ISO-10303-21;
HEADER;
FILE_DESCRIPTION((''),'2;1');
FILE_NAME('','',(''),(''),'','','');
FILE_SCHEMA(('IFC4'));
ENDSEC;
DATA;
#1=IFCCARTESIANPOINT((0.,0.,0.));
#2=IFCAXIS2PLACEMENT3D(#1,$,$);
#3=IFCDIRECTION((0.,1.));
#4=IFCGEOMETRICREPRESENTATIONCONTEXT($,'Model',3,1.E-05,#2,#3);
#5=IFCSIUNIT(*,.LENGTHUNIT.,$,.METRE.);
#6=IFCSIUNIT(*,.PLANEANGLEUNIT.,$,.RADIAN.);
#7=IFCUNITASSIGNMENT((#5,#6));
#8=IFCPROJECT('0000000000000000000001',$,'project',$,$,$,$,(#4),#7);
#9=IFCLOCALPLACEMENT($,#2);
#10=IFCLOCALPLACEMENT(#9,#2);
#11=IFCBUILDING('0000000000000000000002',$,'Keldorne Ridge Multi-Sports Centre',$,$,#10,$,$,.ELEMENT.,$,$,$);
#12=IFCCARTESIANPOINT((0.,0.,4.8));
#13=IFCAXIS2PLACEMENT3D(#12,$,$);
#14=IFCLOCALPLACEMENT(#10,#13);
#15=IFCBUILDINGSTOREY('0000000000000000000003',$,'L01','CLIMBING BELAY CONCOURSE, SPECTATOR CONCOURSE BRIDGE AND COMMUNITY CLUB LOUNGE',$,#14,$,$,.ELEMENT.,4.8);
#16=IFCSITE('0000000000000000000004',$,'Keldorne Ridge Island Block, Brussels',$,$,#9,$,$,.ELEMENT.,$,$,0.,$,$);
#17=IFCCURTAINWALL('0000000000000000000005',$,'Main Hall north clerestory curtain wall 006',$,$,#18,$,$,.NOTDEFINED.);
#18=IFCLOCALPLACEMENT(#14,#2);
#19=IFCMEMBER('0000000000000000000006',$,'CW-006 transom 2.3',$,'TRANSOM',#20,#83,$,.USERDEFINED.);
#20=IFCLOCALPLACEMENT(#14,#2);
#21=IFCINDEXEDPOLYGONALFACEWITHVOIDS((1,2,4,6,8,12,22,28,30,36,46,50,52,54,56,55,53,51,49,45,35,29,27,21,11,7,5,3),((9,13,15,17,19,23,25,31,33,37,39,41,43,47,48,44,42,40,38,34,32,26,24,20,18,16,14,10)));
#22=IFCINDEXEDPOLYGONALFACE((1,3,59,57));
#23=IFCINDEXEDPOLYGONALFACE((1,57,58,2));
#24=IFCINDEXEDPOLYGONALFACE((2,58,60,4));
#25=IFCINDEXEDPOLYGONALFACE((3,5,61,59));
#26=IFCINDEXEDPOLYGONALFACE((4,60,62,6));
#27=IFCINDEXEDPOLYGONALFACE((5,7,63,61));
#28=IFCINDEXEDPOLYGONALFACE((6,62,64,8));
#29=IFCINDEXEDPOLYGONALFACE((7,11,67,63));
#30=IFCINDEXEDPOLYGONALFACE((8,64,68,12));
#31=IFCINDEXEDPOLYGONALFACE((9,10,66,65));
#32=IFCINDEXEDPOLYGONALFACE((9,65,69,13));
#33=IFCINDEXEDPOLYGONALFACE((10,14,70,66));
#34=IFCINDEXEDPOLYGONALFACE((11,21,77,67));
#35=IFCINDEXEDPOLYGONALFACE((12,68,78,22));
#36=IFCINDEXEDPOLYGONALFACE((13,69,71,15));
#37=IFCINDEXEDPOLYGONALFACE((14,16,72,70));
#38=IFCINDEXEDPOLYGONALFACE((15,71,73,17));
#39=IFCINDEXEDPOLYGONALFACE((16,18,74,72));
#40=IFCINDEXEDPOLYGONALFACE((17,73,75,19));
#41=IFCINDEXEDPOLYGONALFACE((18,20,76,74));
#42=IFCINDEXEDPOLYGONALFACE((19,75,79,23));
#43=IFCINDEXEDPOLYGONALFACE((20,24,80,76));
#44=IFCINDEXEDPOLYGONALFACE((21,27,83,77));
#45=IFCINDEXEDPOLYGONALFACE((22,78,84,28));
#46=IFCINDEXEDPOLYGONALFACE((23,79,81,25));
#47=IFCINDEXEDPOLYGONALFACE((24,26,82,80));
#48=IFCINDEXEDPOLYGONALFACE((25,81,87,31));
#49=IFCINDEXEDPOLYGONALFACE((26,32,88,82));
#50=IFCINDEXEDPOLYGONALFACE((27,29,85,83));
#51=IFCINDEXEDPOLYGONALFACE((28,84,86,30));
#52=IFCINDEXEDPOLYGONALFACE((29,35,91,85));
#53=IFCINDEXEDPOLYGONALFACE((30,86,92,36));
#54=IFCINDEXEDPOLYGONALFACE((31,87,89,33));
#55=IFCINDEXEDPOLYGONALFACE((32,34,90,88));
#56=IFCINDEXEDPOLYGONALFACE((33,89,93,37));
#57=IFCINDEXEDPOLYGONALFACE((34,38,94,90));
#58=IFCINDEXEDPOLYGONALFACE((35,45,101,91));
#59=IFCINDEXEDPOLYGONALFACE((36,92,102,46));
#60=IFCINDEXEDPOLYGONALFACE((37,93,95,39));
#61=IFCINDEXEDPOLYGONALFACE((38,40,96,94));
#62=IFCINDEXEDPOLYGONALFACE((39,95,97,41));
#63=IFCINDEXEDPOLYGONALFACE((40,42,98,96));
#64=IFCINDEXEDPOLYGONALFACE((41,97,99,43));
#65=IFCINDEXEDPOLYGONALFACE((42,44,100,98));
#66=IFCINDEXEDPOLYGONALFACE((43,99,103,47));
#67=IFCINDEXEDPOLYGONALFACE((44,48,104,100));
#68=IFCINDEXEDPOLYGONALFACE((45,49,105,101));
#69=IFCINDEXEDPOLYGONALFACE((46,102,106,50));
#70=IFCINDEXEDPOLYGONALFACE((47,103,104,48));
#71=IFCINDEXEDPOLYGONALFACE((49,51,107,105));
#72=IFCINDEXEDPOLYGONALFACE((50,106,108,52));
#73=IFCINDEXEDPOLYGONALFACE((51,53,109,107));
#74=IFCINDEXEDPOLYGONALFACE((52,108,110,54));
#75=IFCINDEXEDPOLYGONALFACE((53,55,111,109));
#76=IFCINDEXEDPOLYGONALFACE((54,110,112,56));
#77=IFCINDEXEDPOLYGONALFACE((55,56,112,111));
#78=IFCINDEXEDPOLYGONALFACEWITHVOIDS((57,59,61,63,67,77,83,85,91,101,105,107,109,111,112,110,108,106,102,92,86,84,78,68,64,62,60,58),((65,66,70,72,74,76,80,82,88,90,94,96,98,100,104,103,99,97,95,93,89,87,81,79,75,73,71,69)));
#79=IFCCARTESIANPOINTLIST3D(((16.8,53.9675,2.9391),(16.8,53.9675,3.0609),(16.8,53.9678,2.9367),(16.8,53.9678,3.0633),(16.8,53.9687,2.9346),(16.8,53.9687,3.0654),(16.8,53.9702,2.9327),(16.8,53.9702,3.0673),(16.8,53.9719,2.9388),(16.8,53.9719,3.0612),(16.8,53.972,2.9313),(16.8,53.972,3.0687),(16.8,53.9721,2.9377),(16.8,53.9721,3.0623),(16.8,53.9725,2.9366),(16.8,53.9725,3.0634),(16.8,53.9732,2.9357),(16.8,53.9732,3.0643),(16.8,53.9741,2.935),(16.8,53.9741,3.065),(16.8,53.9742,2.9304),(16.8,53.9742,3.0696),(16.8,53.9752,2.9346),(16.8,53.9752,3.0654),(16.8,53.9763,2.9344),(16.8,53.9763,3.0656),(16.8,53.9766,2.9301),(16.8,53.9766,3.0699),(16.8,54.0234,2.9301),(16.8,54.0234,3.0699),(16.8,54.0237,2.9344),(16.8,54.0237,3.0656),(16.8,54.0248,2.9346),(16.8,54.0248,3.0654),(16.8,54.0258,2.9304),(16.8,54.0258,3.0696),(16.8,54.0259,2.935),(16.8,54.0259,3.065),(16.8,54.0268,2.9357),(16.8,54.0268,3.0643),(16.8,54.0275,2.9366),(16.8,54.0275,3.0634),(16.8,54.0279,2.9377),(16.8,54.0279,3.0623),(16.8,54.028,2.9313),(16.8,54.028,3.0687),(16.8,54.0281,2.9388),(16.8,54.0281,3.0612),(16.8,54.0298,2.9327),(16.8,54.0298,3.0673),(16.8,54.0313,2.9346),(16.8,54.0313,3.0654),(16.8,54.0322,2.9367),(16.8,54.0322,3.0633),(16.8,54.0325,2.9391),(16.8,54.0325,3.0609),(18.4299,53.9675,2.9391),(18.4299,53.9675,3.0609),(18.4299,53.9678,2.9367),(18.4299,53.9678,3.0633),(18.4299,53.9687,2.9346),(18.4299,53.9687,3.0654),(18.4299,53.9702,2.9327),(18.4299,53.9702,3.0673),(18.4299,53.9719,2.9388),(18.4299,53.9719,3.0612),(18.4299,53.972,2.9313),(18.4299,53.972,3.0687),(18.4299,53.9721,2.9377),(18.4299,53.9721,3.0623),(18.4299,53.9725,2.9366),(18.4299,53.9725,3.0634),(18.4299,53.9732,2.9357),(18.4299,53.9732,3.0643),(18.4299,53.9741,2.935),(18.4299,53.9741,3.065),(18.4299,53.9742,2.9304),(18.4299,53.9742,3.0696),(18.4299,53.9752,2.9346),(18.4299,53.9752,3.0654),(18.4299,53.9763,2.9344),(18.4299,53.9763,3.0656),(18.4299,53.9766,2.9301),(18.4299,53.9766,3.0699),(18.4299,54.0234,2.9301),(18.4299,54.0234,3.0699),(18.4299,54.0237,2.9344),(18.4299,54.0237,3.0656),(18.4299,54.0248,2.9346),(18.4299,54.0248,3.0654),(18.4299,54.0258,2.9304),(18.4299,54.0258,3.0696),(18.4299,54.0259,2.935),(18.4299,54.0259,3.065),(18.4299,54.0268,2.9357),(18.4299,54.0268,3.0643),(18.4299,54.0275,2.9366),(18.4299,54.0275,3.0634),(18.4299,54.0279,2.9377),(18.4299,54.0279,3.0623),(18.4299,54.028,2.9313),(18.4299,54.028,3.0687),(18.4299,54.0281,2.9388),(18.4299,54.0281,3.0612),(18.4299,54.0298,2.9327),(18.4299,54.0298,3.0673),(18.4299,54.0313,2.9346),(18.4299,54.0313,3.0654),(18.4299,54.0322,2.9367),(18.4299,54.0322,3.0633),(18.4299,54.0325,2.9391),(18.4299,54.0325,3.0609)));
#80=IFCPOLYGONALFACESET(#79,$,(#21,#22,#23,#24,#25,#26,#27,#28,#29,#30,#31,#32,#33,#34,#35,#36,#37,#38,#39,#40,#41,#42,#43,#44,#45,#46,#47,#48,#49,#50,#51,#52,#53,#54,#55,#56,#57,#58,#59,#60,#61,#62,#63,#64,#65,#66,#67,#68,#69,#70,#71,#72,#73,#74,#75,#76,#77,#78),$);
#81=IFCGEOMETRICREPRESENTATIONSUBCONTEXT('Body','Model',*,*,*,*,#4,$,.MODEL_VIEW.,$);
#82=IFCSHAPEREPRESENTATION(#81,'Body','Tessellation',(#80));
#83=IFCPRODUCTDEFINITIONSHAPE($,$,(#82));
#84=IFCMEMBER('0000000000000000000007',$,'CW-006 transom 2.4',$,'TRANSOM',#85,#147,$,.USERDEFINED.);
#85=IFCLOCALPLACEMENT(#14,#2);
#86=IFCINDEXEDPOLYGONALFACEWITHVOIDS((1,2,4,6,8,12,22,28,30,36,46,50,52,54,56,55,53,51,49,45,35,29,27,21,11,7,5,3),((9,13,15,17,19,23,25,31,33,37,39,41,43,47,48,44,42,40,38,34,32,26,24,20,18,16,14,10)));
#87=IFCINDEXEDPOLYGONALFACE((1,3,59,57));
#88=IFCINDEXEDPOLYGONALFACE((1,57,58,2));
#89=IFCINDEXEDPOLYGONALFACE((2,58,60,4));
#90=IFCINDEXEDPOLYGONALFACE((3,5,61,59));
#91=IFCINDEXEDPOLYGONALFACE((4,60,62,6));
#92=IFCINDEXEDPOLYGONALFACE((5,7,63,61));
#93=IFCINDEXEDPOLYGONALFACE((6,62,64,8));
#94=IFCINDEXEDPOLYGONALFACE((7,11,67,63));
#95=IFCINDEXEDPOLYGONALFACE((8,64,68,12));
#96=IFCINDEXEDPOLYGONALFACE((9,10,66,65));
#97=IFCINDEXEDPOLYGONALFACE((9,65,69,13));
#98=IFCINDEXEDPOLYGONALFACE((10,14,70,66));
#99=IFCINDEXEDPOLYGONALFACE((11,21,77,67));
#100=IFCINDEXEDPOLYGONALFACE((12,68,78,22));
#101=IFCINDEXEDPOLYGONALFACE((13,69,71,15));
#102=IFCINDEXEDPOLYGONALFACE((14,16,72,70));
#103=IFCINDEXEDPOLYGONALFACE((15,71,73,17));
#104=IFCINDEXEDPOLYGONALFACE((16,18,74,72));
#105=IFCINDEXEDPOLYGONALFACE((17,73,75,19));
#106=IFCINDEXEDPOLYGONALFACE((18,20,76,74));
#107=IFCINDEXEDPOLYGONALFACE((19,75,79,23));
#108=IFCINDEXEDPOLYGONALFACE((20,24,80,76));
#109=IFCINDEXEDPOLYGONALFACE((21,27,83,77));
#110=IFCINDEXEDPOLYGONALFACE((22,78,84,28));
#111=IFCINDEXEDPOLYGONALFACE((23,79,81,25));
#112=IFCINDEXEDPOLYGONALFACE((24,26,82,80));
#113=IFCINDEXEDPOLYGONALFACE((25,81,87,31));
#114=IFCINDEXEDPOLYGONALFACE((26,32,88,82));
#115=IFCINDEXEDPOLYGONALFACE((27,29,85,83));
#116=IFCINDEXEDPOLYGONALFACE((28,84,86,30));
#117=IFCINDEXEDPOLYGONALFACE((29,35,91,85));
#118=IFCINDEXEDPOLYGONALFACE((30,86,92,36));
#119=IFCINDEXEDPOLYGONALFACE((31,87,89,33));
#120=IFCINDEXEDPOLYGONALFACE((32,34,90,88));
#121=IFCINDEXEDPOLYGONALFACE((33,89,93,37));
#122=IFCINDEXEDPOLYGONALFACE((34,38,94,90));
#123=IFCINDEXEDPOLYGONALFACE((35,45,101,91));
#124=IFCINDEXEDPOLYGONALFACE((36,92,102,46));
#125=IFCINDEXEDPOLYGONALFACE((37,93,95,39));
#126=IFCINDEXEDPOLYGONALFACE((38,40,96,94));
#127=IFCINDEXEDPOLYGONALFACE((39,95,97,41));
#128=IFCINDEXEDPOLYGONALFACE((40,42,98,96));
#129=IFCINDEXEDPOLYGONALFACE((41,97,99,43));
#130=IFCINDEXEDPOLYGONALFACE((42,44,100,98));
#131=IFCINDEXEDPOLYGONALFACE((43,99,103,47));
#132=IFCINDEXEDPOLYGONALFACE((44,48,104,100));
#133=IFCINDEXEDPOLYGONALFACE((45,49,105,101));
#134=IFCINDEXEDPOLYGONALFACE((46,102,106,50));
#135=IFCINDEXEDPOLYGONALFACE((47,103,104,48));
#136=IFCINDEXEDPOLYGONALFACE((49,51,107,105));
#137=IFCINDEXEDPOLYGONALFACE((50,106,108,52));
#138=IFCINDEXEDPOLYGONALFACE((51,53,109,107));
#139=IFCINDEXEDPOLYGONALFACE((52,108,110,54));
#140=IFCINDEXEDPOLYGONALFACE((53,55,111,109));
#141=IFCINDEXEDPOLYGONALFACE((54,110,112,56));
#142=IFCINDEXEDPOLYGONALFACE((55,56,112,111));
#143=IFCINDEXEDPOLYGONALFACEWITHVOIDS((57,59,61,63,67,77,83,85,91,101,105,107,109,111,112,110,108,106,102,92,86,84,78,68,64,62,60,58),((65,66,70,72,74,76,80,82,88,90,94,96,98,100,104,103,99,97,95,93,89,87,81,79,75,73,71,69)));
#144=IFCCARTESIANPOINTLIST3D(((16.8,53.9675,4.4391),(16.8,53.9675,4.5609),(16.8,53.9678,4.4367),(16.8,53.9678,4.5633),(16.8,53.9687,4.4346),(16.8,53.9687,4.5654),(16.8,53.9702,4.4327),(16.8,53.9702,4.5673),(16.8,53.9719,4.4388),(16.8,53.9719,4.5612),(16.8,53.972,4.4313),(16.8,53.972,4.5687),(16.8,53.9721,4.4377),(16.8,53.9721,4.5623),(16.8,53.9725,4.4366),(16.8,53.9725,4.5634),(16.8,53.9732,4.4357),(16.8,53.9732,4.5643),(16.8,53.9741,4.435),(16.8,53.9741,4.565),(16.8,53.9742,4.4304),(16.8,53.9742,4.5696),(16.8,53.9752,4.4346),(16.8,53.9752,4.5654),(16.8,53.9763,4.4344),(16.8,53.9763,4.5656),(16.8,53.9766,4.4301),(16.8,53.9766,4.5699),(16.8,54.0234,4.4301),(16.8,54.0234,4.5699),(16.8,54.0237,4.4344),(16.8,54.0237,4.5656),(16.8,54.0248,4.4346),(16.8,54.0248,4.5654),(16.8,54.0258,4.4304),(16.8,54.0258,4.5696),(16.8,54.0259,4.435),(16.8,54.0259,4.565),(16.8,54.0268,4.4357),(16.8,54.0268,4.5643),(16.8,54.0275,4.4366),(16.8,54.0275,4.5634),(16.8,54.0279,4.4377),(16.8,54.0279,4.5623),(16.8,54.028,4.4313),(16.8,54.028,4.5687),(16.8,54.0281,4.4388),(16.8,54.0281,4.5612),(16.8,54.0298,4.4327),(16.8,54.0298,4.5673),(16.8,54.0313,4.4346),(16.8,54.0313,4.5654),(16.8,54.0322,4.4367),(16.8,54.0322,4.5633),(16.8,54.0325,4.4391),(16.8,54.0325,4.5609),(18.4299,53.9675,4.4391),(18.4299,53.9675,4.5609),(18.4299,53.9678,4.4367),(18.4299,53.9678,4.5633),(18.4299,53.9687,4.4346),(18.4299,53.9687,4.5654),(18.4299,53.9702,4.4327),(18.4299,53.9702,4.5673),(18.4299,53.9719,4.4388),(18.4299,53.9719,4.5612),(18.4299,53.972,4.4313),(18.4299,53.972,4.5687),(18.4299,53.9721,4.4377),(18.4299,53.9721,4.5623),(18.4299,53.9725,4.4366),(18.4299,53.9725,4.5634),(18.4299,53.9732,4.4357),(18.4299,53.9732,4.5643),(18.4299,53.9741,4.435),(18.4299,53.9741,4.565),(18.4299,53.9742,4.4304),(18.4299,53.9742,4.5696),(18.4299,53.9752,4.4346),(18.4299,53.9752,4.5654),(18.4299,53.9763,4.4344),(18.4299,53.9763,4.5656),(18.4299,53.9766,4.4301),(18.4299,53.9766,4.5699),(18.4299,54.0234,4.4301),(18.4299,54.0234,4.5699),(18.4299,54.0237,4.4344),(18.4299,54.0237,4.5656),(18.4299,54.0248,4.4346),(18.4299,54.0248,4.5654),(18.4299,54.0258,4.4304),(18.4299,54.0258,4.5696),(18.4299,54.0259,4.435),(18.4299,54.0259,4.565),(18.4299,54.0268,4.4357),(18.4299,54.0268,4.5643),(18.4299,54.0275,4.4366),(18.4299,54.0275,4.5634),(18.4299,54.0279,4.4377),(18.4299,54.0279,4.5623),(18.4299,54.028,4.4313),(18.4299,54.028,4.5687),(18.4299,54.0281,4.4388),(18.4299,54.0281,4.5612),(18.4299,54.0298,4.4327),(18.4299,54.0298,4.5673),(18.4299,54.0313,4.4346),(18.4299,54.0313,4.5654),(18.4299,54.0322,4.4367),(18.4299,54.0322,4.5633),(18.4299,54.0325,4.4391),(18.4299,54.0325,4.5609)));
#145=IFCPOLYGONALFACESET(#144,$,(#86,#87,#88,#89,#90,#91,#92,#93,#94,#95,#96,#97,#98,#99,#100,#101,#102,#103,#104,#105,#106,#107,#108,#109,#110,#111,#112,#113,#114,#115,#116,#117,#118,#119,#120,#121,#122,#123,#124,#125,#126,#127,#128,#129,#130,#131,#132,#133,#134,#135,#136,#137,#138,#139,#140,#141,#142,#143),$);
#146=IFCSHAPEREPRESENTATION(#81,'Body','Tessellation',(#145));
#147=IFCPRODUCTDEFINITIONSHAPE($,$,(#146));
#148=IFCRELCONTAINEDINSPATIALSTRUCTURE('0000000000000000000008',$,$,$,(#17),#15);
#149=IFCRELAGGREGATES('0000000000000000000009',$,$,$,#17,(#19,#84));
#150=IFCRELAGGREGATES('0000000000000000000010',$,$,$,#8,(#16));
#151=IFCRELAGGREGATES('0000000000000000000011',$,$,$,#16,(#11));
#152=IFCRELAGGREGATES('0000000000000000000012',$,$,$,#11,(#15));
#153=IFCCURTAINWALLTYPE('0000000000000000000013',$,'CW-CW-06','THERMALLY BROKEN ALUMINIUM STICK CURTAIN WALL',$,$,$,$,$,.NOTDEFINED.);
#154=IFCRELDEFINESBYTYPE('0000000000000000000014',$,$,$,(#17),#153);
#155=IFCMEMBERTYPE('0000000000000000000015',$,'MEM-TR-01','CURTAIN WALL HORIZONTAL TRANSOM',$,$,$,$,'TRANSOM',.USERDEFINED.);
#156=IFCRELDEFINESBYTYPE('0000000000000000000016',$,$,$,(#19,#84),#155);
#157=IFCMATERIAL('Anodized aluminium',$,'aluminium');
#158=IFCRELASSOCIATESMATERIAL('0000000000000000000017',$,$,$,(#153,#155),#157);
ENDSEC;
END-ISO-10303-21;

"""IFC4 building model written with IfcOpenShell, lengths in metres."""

from ifc_helpers import new_model, si_unit, direction, frame, origin, origin_2d, place, context, subcontext, project, spatial, hollow_rectangle, extrude, material, material_profile, profile_set, type_object, element, aggregate, save


model = new_model("IFC4")

# Units and contexts
model_context = context("Model", 3, precision=1e-05, world=origin(), true_north=direction((0.0, 1.0)))
body_context = subcontext(model_context, "Body", "Model", "MODEL_VIEW")
ifc_project = project(units=[si_unit("LENGTHUNIT", "METRE"), si_unit("PLANEANGLEUNIT", "RADIAN")], contexts=[model_context])

# Site, building, storey
site_placement = place(None, origin())
site = spatial("IfcSite", under=ifc_project, at=site_placement, Name="Keldorne Ridge Island Block, Brussels", CompositionType="ELEMENT", RefElevation=0.0)
building_placement = place(site_placement, origin())
building = spatial("IfcBuilding", under=site, at=building_placement, Name="Keldorne Ridge Multi-Sports Centre", CompositionType="ELEMENT")
storey_placement = place(building_placement, frame((0.0, 0.0, 4.8)))
storey = spatial("IfcBuildingStorey", under=building, at=storey_placement, Name="L01", Description="CLIMBING BELAY CONCOURSE, SPECTATOR CONCOURSE BRIDGE AND COMMUNITY CLUB LOUNGE", CompositionType="ELEMENT", Elevation=4.8)

# Curtain wall
ifc_material_1 = material(Name="Anodized aluminium", Category="aluminium")
curtain_wall_type_1 = type_object("IfcCurtainWallType", Name="CW-CW-06", Description="THERMALLY BROKEN ALUMINIUM STICK CURTAIN WALL", PredefinedType="NOTDEFINED", material=ifc_material_1)
curtain_wall_1_placement = place(storey_placement, origin())
curtain_wall_1 = element("IfcCurtainWall", 1, at=curtain_wall_1_placement, inside=storey, type_object=curtain_wall_type_1, Name="Main Hall north clerestory curtain wall 006", PredefinedType="NOTDEFINED")

# Members
ifc_material_profile_1 = material_profile(ifc_material_1, hollow_rectangle(XDim=0.0649, YDim=0.1399, WallThickness=0.0044, InnerFilletRadius=0.0044, OuterFilletRadius=0.009, at=origin_2d()), Name="ALU TRANSOM 140x65x4.5")
ifc_profile_set_1 = profile_set([ifc_material_profile_1], Name="Anodized aluminium")
member_type_1 = type_object("IfcMemberType", Name="MEM-TR-01", Description="CURTAIN WALL HORIZONTAL TRANSOM", ElementType="TRANSOM", PredefinedType="USERDEFINED", material=ifc_profile_set_1)
member_1_placement = place(storey_placement, frame((18.4299, 54.0, 3.0), z_axis=(-1.0, 0.0, 0.0), x_axis=(0.0, -1.0, 0.0)))
member_1 = element("IfcMember", 2, at=member_1_placement, type_object=member_type_1, Name="CW-006 transom 2.3", ObjectType="TRANSOM", PredefinedType="USERDEFINED", context=body_context, shape_type="SweptSolid", body=[
    extrude(hollow_rectangle(XDim=0.0649, YDim=0.1399, WallThickness=0.0044, InnerFilletRadius=0.0044, OuterFilletRadius=0.009, at=origin_2d()), origin(), (0.0, 0.0, 1.0), 1.6299),
])
member_2_placement = place(storey_placement, frame((18.4299, 54.0, 4.5), z_axis=(-1.0, 0.0, 0.0), x_axis=(0.0, -1.0, 0.0)))
member_2 = element("IfcMember", 3, at=member_2_placement, type_object=member_type_1, Name="CW-006 transom 2.4", ObjectType="TRANSOM", PredefinedType="USERDEFINED", context=body_context, shape_type="SweptSolid", body=[
    extrude(hollow_rectangle(XDim=0.0649, YDim=0.1399, WallThickness=0.0044, InnerFilletRadius=0.0044, OuterFilletRadius=0.009, at=origin_2d()), origin(), (0.0, 0.0, 1.0), 1.6299),
])

aggregate(curtain_wall_1, [member_1, member_2])

save(model, "model.ifc")
